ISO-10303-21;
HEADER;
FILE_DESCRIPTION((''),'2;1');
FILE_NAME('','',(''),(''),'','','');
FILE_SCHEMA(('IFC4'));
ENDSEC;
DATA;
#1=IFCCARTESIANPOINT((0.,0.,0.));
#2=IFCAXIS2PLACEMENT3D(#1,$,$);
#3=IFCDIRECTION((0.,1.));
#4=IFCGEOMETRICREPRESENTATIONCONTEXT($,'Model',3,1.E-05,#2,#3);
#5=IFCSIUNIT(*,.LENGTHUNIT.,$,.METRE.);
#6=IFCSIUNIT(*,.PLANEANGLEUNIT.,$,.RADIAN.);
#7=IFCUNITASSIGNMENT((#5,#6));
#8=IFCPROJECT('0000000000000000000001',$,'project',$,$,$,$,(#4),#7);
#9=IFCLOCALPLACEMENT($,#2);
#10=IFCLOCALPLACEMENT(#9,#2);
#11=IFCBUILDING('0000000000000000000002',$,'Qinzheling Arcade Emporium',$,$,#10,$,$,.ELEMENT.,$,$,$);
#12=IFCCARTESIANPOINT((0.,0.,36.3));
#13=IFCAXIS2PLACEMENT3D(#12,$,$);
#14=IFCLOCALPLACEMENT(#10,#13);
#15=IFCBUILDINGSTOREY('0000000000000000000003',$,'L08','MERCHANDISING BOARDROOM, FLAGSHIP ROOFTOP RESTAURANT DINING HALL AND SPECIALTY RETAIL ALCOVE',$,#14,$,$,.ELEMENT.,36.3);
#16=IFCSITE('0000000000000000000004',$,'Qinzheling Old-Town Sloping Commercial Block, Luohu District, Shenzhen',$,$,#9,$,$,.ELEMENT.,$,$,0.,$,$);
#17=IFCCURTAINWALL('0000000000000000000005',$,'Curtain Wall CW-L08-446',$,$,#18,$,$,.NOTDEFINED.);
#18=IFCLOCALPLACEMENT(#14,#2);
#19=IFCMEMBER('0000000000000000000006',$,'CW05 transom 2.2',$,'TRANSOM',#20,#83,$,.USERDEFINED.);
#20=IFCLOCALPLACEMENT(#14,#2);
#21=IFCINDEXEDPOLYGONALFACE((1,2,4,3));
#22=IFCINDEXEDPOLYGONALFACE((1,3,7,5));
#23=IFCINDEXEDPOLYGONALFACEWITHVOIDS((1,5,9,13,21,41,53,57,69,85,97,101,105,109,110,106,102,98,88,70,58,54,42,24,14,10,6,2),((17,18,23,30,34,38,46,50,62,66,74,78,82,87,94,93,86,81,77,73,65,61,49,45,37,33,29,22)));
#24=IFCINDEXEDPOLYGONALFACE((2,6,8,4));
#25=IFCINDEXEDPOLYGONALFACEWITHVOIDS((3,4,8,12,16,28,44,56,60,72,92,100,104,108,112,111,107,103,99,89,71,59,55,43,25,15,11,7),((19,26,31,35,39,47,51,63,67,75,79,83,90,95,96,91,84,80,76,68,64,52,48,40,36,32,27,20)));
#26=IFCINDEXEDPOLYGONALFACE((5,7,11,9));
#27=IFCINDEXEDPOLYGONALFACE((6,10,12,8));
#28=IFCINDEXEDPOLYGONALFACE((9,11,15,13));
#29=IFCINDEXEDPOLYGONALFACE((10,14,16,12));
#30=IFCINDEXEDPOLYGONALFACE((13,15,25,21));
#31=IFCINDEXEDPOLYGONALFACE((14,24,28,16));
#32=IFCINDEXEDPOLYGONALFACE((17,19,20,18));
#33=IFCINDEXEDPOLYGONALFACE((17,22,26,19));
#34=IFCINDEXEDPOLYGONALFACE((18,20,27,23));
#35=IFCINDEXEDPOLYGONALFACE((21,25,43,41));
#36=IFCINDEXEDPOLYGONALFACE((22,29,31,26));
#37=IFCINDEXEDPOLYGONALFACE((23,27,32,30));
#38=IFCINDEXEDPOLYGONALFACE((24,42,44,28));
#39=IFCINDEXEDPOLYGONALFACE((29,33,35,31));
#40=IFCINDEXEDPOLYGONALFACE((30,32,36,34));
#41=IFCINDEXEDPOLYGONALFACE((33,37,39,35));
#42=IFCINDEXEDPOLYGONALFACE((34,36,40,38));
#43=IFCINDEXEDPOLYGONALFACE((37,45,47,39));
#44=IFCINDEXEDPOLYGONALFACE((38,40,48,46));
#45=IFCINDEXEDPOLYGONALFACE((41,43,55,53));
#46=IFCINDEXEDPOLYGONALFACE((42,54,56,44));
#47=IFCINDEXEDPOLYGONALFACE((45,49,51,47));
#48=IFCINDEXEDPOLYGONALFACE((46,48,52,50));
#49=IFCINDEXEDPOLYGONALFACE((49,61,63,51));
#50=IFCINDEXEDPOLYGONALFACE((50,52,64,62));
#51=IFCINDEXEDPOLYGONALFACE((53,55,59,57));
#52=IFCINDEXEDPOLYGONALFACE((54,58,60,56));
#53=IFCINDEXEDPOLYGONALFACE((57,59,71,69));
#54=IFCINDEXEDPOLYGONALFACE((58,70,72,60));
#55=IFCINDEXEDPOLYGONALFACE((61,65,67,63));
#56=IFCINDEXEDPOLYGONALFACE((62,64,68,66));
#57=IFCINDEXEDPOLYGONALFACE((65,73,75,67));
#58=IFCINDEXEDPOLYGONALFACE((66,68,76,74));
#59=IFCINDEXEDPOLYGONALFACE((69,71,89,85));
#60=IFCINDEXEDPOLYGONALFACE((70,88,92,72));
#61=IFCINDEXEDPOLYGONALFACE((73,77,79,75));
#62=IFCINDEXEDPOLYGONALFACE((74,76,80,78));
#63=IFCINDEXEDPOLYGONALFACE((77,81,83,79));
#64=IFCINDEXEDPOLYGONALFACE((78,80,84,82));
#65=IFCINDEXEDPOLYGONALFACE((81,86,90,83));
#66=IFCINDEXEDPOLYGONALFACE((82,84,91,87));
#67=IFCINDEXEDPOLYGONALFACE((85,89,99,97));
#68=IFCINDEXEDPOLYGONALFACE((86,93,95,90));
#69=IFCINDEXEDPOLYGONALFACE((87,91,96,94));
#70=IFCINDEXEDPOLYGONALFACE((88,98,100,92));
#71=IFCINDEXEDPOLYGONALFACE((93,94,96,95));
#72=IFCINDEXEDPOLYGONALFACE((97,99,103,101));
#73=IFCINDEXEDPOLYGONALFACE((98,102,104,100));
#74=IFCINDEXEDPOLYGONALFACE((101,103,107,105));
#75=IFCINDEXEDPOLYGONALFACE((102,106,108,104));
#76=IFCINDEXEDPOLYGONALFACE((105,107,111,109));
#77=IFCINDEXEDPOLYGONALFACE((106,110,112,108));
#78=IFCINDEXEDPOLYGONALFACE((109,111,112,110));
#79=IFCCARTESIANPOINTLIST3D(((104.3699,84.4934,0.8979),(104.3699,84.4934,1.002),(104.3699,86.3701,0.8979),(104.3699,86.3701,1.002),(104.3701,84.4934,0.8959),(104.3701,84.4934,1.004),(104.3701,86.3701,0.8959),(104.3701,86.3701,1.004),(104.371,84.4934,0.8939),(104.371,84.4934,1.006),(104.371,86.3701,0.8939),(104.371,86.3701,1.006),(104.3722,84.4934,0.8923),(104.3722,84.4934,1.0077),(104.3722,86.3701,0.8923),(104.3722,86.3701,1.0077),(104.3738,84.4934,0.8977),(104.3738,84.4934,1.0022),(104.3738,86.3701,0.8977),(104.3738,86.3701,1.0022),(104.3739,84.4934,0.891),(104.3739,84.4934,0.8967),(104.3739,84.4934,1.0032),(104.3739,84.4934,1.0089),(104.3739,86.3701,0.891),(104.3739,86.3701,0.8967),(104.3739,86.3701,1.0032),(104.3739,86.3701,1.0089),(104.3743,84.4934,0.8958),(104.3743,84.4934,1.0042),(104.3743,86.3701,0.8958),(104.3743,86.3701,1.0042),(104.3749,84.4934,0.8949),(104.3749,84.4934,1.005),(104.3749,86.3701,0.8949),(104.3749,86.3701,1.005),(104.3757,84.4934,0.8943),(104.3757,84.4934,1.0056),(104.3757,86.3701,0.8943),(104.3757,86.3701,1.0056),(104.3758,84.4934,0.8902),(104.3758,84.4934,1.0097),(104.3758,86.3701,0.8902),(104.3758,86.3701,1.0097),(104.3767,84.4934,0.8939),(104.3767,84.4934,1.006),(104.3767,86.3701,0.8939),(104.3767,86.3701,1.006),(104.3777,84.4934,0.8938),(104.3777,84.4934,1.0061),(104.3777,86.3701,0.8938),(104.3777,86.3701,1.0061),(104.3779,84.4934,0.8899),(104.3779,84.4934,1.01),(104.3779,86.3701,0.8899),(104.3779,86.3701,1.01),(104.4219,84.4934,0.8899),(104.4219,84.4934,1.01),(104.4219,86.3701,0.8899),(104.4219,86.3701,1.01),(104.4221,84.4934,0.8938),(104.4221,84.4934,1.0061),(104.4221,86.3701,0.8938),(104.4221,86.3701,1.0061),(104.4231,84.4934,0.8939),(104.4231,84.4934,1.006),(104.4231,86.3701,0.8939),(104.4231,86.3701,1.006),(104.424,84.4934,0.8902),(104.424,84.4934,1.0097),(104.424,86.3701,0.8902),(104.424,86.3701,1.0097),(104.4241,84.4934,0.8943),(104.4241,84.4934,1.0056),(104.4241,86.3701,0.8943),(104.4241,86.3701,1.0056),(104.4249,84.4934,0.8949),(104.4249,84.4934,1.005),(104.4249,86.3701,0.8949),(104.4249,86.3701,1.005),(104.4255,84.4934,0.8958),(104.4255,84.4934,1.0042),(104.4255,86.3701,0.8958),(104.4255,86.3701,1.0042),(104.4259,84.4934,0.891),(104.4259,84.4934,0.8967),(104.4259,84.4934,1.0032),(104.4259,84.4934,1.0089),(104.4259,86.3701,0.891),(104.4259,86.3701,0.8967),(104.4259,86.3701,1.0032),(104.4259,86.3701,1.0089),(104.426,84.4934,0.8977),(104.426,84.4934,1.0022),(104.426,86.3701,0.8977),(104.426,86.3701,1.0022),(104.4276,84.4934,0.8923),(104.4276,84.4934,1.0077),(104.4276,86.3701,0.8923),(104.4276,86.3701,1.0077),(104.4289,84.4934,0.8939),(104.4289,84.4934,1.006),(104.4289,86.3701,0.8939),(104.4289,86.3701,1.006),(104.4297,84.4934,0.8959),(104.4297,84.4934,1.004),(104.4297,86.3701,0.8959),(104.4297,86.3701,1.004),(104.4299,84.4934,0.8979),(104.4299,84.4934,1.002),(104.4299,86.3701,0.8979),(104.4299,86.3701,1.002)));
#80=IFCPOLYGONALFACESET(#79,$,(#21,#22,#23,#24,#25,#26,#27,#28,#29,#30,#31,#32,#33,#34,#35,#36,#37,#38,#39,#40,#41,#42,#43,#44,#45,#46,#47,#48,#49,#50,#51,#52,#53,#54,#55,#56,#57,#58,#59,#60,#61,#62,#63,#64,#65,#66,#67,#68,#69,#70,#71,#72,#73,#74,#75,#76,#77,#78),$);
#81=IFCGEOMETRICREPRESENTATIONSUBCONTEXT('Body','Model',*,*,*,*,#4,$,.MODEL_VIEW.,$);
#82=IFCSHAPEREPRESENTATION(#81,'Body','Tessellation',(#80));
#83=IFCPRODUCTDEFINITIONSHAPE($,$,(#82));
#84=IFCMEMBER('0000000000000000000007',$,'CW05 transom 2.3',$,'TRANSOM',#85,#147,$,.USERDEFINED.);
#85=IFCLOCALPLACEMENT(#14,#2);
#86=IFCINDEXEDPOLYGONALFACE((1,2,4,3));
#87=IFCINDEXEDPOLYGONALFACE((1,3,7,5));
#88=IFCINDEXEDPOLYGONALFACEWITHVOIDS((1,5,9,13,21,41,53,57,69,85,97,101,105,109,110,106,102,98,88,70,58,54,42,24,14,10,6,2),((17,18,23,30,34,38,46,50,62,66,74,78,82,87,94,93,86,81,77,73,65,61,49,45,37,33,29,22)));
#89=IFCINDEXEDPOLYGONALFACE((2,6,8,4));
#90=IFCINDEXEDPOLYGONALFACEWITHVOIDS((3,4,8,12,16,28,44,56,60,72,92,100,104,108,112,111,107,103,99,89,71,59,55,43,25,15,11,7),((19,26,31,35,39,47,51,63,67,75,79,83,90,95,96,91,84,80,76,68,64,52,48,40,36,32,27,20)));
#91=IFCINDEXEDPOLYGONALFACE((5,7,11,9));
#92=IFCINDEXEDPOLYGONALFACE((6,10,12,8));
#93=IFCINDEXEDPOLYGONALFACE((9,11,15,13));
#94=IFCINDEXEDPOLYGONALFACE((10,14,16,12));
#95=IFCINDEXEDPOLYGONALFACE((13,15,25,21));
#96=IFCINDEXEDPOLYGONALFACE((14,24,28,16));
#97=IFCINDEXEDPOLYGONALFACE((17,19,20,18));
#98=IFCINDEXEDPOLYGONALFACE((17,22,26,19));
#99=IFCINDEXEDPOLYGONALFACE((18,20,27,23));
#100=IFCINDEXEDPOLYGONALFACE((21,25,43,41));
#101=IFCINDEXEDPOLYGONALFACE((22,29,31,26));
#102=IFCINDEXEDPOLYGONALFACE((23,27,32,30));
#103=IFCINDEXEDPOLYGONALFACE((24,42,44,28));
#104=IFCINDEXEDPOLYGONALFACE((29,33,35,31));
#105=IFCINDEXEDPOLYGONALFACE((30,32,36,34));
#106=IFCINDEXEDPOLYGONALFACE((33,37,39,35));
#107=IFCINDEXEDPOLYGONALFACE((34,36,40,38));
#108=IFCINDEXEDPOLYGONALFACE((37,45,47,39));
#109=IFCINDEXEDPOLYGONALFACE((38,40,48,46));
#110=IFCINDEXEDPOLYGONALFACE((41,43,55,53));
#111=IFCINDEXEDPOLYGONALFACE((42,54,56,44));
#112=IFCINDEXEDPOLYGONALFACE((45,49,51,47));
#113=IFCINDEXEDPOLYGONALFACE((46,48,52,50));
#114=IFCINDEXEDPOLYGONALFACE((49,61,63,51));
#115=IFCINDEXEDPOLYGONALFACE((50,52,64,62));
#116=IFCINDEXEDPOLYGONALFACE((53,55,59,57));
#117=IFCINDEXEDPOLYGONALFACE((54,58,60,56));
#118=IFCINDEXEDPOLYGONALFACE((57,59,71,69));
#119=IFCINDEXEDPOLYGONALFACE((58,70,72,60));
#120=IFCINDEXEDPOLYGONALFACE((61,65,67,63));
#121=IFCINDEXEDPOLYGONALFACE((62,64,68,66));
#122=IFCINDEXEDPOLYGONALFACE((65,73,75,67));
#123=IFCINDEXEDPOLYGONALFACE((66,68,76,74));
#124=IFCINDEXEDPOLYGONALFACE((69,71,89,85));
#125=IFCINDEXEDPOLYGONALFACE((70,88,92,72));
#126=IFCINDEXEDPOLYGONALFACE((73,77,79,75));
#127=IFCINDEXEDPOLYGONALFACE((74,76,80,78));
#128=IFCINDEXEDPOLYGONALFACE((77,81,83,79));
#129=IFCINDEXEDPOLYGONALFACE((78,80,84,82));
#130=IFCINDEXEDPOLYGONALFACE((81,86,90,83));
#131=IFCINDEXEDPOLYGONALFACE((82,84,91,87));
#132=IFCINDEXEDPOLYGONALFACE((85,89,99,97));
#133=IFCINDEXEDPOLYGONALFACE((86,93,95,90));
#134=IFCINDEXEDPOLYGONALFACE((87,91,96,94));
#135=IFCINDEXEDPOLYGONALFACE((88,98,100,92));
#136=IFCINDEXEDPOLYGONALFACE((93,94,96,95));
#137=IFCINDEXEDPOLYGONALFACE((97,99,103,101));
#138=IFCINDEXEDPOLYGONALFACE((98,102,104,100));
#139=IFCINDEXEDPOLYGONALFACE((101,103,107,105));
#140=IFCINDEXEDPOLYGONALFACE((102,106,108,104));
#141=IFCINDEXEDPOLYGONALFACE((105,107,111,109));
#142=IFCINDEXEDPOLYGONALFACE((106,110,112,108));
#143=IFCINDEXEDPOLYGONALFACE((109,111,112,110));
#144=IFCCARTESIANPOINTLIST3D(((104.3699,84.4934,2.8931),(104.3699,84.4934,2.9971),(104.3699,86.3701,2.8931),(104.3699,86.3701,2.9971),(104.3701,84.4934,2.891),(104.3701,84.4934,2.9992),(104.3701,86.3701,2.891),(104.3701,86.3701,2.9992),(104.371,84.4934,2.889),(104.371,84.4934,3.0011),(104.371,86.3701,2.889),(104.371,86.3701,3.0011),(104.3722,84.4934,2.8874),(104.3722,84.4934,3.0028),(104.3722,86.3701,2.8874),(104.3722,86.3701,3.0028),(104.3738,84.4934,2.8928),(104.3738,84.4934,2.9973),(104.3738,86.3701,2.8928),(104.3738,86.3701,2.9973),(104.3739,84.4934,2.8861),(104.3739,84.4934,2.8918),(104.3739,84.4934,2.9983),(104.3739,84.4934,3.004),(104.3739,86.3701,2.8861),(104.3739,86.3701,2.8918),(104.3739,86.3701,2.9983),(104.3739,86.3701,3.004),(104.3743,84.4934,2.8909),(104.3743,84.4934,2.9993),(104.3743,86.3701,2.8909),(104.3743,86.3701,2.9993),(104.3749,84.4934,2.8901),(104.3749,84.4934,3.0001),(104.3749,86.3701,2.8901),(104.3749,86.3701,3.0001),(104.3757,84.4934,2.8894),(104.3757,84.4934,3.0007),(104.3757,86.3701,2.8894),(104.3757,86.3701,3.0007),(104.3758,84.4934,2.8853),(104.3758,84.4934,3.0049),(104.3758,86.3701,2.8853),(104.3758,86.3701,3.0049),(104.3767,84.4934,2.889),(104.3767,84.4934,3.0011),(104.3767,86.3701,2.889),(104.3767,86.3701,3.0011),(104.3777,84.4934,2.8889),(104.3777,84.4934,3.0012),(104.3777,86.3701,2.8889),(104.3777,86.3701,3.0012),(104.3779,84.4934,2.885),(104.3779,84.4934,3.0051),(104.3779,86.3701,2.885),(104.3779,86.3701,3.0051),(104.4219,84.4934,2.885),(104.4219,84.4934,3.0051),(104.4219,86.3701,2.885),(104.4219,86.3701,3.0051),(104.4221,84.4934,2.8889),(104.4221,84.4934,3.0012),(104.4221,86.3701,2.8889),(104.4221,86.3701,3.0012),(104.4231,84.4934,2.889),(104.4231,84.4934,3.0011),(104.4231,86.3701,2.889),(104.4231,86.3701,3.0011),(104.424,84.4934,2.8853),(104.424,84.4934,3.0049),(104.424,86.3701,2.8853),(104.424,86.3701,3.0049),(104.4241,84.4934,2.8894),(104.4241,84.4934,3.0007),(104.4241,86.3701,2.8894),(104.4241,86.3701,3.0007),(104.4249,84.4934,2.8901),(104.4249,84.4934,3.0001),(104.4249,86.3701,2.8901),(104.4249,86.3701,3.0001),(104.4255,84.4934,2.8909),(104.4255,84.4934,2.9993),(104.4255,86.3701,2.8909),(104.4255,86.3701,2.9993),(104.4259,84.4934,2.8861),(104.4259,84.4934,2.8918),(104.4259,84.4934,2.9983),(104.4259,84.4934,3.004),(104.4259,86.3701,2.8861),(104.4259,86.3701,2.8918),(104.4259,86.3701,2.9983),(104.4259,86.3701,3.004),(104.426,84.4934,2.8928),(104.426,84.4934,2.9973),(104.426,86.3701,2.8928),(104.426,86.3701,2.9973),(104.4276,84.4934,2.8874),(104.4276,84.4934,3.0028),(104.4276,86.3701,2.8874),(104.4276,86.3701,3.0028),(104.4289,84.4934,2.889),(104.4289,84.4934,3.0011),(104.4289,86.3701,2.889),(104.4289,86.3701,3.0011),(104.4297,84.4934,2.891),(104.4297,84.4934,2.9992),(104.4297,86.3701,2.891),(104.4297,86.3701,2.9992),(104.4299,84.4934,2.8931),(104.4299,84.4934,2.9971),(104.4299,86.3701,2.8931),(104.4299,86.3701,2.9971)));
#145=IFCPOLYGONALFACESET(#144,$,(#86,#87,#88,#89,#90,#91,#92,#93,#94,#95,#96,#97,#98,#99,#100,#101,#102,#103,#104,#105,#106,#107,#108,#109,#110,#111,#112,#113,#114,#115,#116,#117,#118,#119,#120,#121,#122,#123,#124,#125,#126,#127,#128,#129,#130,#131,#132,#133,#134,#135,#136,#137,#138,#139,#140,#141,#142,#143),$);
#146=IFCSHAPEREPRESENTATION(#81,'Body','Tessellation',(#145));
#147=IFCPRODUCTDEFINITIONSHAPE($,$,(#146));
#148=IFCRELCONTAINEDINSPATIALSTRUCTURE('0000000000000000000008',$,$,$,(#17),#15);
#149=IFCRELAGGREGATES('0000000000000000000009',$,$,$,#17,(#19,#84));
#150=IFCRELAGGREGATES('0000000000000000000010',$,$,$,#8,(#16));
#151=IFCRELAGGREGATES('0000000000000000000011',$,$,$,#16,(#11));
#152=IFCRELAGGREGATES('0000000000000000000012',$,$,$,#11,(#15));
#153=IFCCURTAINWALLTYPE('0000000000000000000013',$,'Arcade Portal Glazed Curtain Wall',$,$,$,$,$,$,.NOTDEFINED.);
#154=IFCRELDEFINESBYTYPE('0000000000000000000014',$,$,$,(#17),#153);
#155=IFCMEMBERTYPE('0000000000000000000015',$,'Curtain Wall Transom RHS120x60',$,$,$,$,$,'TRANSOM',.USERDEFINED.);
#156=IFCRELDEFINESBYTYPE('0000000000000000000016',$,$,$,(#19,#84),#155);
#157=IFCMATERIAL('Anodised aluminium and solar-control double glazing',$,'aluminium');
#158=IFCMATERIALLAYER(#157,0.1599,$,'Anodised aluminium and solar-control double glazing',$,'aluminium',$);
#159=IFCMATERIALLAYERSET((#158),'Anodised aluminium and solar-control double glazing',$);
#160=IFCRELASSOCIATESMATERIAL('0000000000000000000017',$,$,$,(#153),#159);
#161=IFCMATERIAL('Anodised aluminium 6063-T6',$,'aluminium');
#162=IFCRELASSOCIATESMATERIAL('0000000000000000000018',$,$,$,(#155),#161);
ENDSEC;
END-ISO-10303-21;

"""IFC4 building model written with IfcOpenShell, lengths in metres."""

from ifc_helpers import new_model, si_unit, direction, frame, origin, origin_2d, place, context, subcontext, project, spatial, hollow_rectangle, extrude, material, layer, layer_set, material_profile, profile_set, type_object, element, aggregate, save


model = new_model("IFC4")

# Units and contexts
model_context = context("Model", 3, precision=1e-05, world=origin(), true_north=direction((0.0, 1.0)))
body_context = subcontext(model_context, "Body", "Model", "MODEL_VIEW")
ifc_project = project(units=[si_unit("LENGTHUNIT", "METRE"), si_unit("PLANEANGLEUNIT", "RADIAN")], contexts=[model_context])

# Site, building, storey
site_placement = place(None, origin())
site = spatial("IfcSite", under=ifc_project, at=site_placement, Name="Qinzheling Old-Town Sloping Commercial Block, Luohu District, Shenzhen", CompositionType="ELEMENT", RefElevation=0.0)
building_placement = place(site_placement, origin())
building = spatial("IfcBuilding", under=site, at=building_placement, Name="Qinzheling Arcade Emporium", CompositionType="ELEMENT")
storey_placement = place(building_placement, frame((0.0, 0.0, 36.3)))
storey = spatial("IfcBuildingStorey", under=building, at=storey_placement, Name="L08", Description="MERCHANDISING BOARDROOM, FLAGSHIP ROOFTOP RESTAURANT DINING HALL AND SPECIALTY RETAIL ALCOVE", CompositionType="ELEMENT", Elevation=36.3)

# Curtain wall, members
ifc_material_1 = material(Name="Anodised aluminium and solar-control double glazing", Category="aluminium")
ifc_layer_1 = layer(ifc_material_1, 0.1599, Name="Anodised aluminium and solar-control double glazing", Category="aluminium")
ifc_layer_set_1 = layer_set([ifc_layer_1], Name="Anodised aluminium and solar-control double glazing")
curtain_wall_type = type_object("IfcCurtainWallType", Name="Arcade Portal Glazed Curtain Wall", PredefinedType="NOTDEFINED", material=ifc_layer_set_1)
curtain_wall_placement = place(storey_placement, origin())
curtain_wall = element("IfcCurtainWall", 1, at=curtain_wall_placement, inside=storey, type_object=curtain_wall_type, Name="Curtain Wall CW-L08-446", PredefinedType="NOTDEFINED")
ifc_material_2 = material(Name="Anodised aluminium 6063-T6", Category="aluminium")
ifc_material_profile_1 = material_profile(ifc_material_2, hollow_rectangle(XDim=0.0601, YDim=0.1201, WallThickness=0.0039, InnerFilletRadius=0.0039, OuterFilletRadius=0.0081, at=origin_2d()), Name="RHS 120x60x4", Category="aluminium")
ifc_profile_set_1 = profile_set([ifc_material_profile_1], Name="Anodised aluminium 6063-T6")
member_type_1 = type_object("IfcMemberType", Name="Curtain Wall Transom RHS120x60", ElementType="TRANSOM", PredefinedType="USERDEFINED", material=ifc_profile_set_1)
member_1_placement = place(storey_placement, frame((104.3999, 84.4934, 0.95), z_axis=(0.0, 1.0, 0.0), x_axis=(-1.0, 0.0, 0.0)))
member_1 = element("IfcMember", 2, at=member_1_placement, type_object=member_type_1, Name="CW05 transom 2.2", ObjectType="TRANSOM", PredefinedType="USERDEFINED", context=body_context, shape_type="SweptSolid", body=[
    extrude(hollow_rectangle(XDim=0.0601, YDim=0.1201, WallThickness=0.0039, InnerFilletRadius=0.0039, OuterFilletRadius=0.0081, at=origin_2d()), origin(), (0.0, 0.0, 1.0), 1.8767),
])
member_2_placement = place(storey_placement, frame((104.3999, 84.4934, 2.9451), z_axis=(0.0, 1.0, 0.0), x_axis=(-1.0, 0.0, 0.0)))
member_2 = element("IfcMember", 3, at=member_2_placement, type_object=member_type_1, Name="CW05 transom 2.3", ObjectType="TRANSOM", PredefinedType="USERDEFINED", context=body_context, shape_type="SweptSolid", body=[
    extrude(hollow_rectangle(XDim=0.0601, YDim=0.1201, WallThickness=0.0039, InnerFilletRadius=0.0039, OuterFilletRadius=0.0081, at=origin_2d()), origin(), (0.0, 0.0, 1.0), 1.8767),
])

aggregate(curtain_wall, [member_1, member_2])

save(model, "model.ifc")
